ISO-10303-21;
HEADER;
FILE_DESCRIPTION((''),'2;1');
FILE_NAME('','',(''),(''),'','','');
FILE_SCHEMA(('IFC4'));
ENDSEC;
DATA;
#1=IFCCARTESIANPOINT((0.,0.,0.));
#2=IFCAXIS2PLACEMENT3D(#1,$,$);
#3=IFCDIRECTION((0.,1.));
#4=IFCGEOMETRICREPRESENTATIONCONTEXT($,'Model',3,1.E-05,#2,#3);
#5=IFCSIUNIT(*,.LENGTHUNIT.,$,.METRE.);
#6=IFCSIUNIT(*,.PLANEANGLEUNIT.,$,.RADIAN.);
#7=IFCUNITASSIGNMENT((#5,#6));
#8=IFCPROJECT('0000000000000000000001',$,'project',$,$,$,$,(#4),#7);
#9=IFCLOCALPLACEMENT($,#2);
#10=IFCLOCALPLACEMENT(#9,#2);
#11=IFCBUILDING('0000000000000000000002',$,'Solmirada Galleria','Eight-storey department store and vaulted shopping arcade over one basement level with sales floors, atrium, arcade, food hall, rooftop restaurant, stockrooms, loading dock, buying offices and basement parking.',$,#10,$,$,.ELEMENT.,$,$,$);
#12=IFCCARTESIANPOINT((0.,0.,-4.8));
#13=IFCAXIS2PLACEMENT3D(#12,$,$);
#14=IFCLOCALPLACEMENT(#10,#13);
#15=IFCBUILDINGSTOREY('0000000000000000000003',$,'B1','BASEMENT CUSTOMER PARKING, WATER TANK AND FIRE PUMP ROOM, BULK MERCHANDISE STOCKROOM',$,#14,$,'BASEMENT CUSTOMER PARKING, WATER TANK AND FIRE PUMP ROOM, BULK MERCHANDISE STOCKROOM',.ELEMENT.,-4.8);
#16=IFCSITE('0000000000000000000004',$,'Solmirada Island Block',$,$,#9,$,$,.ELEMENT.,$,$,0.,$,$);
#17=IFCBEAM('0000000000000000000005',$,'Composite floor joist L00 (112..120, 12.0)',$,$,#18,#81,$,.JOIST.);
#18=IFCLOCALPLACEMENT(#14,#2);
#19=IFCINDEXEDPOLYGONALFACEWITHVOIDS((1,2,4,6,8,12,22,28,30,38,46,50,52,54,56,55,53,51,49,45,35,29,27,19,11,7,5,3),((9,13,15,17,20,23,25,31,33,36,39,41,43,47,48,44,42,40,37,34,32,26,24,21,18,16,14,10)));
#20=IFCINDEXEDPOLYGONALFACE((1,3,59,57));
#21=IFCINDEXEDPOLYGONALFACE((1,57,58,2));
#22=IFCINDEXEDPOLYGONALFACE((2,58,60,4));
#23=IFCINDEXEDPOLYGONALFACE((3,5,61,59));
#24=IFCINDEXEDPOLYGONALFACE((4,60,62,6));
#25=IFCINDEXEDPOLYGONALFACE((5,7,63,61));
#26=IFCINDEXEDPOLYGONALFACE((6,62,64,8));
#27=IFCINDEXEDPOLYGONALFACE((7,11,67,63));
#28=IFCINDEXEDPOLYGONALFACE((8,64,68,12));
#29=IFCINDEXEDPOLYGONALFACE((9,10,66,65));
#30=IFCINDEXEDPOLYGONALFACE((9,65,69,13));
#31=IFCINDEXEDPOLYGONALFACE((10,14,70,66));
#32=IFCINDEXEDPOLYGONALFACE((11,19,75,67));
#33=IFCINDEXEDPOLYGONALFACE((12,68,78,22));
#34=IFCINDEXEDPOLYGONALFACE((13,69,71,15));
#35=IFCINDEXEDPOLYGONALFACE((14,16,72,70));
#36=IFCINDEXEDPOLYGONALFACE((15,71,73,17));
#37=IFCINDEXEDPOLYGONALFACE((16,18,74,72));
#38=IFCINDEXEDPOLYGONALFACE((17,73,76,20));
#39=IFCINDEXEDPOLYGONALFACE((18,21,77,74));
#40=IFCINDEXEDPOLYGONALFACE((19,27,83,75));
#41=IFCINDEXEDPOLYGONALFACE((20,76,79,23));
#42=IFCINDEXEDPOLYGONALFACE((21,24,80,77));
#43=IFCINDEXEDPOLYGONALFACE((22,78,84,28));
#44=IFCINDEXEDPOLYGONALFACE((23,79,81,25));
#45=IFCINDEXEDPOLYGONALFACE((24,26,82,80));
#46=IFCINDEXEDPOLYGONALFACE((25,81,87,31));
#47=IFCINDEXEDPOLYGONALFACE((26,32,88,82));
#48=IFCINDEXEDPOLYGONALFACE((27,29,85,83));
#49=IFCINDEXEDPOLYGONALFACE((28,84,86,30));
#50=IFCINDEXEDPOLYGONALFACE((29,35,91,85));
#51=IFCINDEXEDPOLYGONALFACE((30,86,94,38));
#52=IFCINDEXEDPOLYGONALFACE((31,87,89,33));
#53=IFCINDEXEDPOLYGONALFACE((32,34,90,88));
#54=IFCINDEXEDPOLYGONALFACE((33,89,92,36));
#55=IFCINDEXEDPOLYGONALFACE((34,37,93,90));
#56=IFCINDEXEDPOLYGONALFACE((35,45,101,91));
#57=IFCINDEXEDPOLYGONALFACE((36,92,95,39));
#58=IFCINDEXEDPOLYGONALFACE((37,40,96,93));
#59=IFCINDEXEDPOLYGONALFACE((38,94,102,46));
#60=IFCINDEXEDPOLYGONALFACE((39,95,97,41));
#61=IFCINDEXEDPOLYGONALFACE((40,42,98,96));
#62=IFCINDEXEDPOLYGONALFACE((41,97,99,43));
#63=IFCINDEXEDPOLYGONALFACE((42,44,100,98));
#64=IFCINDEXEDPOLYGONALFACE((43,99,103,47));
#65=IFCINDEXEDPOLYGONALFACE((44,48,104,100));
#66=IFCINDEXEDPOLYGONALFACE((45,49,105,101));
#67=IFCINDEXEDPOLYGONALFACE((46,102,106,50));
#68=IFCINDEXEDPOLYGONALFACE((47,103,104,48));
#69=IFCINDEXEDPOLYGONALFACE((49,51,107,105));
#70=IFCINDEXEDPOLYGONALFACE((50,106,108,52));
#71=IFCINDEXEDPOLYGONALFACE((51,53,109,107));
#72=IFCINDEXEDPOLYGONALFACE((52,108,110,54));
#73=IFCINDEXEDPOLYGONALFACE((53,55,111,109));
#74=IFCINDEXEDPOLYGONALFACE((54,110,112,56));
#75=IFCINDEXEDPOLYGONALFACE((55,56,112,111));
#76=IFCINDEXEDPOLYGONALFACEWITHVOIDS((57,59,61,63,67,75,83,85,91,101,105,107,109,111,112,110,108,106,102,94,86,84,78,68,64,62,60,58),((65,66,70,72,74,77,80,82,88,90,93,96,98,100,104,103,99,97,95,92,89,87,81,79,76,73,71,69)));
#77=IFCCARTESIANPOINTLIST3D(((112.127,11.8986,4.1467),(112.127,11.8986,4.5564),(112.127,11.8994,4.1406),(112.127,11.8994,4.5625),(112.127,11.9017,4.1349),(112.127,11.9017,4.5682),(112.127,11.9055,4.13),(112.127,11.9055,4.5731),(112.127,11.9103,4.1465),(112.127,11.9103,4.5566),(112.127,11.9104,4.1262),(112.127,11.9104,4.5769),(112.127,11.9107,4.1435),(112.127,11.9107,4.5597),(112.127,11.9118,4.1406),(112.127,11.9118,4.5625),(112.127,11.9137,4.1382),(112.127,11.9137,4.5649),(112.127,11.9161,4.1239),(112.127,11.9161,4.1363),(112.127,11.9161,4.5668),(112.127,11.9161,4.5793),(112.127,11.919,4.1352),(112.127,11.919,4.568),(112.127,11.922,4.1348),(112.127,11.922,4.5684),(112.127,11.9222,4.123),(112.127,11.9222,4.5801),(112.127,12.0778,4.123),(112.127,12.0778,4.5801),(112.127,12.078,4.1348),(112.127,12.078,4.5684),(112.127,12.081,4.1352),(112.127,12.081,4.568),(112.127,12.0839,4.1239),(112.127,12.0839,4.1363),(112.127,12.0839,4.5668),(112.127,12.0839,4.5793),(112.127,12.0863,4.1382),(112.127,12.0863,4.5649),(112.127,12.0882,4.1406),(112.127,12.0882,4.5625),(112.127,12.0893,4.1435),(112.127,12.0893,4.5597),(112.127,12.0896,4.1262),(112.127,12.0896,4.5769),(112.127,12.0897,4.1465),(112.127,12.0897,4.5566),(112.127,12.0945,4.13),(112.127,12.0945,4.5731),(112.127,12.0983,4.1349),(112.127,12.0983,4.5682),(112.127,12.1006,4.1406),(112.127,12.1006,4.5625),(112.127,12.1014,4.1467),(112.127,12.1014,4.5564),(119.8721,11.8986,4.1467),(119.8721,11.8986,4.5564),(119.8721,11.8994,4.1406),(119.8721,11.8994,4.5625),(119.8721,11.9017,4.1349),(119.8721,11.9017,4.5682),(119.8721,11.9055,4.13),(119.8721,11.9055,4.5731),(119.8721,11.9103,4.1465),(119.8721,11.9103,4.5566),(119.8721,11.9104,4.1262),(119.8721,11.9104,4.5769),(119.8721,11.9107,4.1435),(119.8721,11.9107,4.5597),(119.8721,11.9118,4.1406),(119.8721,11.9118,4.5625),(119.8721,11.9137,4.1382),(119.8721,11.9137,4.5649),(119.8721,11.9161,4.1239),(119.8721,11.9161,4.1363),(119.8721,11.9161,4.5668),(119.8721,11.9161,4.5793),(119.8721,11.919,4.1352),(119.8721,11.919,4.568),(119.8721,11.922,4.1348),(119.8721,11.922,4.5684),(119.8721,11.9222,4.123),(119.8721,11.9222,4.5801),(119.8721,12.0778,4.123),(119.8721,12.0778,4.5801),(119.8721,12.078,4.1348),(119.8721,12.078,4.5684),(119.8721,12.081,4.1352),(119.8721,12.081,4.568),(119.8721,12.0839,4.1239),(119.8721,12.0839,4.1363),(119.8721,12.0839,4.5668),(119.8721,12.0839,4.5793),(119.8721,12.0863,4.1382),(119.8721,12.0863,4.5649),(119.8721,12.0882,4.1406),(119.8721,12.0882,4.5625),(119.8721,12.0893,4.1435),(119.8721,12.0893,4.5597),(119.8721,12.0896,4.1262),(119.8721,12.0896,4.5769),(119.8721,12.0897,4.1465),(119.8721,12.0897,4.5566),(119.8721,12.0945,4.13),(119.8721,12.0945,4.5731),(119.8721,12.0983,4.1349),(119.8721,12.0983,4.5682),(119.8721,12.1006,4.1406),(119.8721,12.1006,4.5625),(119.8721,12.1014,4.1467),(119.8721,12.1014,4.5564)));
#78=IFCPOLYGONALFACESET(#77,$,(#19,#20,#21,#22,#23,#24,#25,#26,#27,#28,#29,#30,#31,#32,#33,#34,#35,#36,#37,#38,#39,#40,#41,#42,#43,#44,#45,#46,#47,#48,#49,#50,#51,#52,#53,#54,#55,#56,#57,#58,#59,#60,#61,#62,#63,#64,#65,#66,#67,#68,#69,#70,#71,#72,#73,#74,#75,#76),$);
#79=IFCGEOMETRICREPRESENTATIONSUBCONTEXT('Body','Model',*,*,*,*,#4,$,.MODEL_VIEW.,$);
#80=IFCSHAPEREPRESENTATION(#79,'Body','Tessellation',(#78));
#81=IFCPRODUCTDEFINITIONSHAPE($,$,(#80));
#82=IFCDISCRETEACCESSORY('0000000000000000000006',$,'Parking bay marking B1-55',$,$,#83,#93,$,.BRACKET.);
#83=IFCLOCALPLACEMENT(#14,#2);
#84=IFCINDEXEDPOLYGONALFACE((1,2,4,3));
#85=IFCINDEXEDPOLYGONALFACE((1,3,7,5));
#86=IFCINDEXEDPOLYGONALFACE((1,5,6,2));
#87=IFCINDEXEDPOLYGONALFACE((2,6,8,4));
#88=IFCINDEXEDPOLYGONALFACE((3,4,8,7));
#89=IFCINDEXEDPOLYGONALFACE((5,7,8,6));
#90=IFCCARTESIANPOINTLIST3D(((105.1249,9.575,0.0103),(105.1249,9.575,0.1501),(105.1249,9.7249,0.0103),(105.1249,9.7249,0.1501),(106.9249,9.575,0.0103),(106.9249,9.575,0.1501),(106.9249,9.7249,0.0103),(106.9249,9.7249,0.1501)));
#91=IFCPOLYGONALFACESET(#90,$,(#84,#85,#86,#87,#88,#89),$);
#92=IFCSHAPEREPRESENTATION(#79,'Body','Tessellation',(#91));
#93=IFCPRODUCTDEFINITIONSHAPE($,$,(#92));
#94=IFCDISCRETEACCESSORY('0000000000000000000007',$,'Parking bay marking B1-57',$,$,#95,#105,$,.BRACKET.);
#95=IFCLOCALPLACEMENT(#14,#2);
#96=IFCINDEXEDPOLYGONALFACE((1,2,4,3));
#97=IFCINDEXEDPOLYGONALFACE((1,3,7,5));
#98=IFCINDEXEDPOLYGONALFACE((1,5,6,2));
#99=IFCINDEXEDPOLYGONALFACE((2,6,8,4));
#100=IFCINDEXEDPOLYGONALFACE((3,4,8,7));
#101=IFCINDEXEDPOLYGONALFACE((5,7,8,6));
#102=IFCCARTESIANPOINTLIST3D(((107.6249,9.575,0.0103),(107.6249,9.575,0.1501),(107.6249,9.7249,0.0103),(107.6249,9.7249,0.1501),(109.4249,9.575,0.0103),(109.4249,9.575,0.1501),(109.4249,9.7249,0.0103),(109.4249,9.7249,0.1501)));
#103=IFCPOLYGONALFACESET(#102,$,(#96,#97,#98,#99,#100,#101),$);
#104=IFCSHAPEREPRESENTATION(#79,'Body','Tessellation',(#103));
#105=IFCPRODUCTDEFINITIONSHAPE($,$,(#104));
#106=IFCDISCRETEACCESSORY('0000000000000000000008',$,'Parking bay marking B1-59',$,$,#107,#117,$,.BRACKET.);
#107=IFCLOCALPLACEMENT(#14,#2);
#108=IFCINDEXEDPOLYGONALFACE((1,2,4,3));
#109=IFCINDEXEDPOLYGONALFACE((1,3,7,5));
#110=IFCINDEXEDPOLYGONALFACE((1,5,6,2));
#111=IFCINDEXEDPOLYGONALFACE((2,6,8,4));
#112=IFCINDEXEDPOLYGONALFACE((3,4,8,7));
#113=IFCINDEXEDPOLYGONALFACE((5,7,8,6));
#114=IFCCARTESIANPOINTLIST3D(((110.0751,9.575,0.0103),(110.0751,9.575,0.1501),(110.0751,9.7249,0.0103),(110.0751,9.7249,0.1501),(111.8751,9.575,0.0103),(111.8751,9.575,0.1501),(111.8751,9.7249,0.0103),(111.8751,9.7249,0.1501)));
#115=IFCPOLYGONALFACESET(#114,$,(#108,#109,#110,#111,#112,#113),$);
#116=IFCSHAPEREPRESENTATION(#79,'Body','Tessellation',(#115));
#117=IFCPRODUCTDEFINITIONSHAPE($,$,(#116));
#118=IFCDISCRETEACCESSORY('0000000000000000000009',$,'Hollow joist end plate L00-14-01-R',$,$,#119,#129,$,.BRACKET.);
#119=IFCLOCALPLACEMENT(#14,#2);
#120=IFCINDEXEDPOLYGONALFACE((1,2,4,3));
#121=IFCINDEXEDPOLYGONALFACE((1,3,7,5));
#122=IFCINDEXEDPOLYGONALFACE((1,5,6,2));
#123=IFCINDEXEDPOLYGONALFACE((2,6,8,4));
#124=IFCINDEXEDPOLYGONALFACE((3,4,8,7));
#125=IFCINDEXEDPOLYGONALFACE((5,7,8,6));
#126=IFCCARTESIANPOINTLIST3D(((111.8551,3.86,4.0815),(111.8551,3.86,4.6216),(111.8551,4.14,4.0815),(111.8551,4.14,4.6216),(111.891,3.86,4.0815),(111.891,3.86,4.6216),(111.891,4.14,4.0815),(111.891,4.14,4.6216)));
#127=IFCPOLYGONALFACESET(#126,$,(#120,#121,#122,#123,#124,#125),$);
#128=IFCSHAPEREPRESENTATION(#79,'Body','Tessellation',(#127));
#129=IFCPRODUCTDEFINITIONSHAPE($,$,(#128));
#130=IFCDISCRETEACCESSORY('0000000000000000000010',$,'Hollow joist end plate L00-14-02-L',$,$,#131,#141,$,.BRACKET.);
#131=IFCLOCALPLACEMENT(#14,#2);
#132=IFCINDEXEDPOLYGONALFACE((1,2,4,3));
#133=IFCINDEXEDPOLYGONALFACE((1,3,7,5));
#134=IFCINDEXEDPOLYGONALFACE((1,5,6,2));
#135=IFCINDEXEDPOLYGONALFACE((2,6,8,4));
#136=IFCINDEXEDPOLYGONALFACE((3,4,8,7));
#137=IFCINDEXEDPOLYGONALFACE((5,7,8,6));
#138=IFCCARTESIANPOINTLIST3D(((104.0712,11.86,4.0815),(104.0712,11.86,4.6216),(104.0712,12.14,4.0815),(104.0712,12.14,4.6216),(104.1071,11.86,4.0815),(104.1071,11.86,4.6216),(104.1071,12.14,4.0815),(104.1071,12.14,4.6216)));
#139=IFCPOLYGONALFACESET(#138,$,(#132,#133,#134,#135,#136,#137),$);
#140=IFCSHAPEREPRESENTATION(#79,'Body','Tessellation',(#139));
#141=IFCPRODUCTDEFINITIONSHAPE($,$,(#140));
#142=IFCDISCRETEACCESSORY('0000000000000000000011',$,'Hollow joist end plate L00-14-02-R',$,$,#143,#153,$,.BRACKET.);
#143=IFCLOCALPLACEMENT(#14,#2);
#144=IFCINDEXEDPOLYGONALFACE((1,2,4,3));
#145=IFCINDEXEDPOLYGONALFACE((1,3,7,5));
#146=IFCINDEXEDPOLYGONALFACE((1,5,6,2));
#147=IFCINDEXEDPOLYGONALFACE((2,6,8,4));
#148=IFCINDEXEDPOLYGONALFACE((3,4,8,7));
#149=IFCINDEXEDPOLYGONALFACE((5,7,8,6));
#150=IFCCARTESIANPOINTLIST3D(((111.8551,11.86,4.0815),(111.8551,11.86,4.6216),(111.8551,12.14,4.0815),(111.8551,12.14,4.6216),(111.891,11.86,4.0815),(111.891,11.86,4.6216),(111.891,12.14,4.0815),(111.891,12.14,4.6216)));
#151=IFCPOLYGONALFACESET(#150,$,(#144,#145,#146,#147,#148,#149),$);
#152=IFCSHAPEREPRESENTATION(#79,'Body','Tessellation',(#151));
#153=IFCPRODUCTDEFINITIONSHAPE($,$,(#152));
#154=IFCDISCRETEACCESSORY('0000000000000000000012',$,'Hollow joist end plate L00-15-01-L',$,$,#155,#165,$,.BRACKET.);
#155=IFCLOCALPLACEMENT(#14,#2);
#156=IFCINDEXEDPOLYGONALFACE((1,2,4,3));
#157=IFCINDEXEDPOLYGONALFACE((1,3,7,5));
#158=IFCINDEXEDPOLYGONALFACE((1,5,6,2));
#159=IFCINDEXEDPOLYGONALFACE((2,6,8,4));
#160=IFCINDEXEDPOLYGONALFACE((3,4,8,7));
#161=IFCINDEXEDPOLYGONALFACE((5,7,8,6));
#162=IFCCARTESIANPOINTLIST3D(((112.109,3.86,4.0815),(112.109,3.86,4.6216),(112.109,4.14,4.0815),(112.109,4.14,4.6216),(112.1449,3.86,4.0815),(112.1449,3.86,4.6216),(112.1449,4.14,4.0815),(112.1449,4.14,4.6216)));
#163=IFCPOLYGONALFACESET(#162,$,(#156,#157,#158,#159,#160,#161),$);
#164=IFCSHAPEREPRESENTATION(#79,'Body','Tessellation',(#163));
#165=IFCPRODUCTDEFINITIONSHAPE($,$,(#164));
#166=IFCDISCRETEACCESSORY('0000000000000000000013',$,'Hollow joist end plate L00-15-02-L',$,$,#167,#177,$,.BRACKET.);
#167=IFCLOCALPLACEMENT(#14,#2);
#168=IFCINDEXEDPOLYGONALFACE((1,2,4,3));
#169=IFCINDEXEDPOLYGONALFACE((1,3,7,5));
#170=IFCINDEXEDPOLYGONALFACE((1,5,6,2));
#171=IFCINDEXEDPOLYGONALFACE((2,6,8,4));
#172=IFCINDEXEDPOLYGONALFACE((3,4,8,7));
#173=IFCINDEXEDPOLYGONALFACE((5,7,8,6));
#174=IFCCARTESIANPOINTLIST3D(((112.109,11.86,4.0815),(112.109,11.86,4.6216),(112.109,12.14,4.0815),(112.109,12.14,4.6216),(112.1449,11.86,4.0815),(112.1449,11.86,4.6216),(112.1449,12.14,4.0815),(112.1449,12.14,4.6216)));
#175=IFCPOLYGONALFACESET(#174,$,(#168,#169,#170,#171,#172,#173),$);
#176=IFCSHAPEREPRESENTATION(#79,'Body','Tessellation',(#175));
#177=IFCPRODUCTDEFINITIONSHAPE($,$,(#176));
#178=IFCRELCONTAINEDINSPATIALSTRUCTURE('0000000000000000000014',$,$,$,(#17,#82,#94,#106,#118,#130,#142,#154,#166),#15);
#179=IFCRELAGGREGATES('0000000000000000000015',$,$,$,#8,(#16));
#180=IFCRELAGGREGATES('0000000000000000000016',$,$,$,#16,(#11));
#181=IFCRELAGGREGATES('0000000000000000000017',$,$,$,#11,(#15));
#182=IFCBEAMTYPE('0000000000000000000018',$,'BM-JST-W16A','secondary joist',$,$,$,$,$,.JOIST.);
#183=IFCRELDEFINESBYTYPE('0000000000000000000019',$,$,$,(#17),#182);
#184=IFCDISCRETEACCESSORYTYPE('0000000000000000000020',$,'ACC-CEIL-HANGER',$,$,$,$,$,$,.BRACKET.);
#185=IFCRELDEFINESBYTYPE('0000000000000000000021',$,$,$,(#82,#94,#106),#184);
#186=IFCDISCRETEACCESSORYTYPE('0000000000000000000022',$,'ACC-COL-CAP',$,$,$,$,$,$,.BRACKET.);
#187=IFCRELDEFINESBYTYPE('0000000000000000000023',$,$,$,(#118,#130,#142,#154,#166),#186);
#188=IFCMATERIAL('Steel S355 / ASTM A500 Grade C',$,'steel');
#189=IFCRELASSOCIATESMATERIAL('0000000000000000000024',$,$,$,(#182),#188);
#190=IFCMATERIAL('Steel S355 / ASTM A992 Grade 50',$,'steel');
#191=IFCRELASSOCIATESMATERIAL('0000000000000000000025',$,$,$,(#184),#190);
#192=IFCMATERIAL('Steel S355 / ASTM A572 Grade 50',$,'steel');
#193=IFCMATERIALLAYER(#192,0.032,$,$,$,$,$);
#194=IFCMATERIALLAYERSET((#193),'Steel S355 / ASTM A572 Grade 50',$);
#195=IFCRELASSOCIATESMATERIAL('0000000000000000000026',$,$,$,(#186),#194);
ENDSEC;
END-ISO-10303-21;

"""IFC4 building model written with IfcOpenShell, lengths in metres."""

from ifc_helpers import new_model, si_unit, direction, frame, origin, origin_2d, place, context, subcontext, project, spatial, rectangle, hollow_rectangle, extrude, material, layer, layer_set, material_profile, profile_set, type_object, element, save


model = new_model("IFC4")

# Units and contexts
model_context = context("Model", 3, precision=1e-05, world=origin(), true_north=direction((0.0, 1.0)))
body_context = subcontext(model_context, "Body", "Model", "MODEL_VIEW")
ifc_project = project(units=[si_unit("LENGTHUNIT", "METRE"), si_unit("PLANEANGLEUNIT", "RADIAN")], contexts=[model_context])

# Site, building, storey
site_placement = place(None, origin())
site = spatial("IfcSite", under=ifc_project, at=site_placement, Name="Solmirada Island Block", CompositionType="ELEMENT", RefElevation=0.0)
building_placement = place(site_placement, origin())
building = spatial("IfcBuilding", under=site, at=building_placement, Name="Solmirada Galleria", Description="Eight-storey department store and vaulted shopping arcade over one basement level with sales floors, atrium, arcade, food hall, rooftop restaurant, stockrooms, loading dock, buying offices and basement parking.", CompositionType="ELEMENT")
storey_placement = place(building_placement, frame((0.0, 0.0, -4.8)))
storey = spatial("IfcBuildingStorey", under=building, at=storey_placement, Name="B1", Description="BASEMENT CUSTOMER PARKING, WATER TANK AND FIRE PUMP ROOM, BULK MERCHANDISE STOCKROOM", LongName="BASEMENT CUSTOMER PARKING, WATER TANK AND FIRE PUMP ROOM, BULK MERCHANDISE STOCKROOM", CompositionType="ELEMENT", Elevation=-4.8)

# Beam
ifc_material_1 = material(Name="Steel S355 / ASTM A992 Grade 50", Category="steel")
ifc_material_2 = material(Name="Steel S355 / ASTM A500 Grade C", Category="steel")
ifc_material_profile_1 = material_profile(ifc_material_2, hollow_rectangle(XDim=0.2029, YDim=0.457, WallThickness=0.0117, InnerFilletRadius=0.0117, OuterFilletRadius=0.0237, at=origin_2d()), Name="HSS18X8X1/2")
ifc_profile_set_1 = profile_set([ifc_material_profile_1], Name="Steel S355 / ASTM A500 Grade C")
beam_type_1 = type_object("IfcBeamType", Name="BM-JST-W16A", Description="secondary joist", PredefinedType="JOIST", material=ifc_profile_set_1)
for number, where, z_axis, x_axis, name in (
    (1, (112.127, 12.0, 4.3516), (1.0, 0.0, 0.0), (0.0, 1.0, 0.0), "Composite floor joist L00 (112..120, 12.0)"),
):
    element("IfcBeam", number, at=place(storey_placement, frame(where, z_axis=z_axis, x_axis=x_axis)), inside=storey, type_object=beam_type_1, Name=name, PredefinedType="JOIST", context=body_context, shape_type="SweptSolid", body=[
        extrude(hollow_rectangle(XDim=0.2029, YDim=0.457, WallThickness=0.0117, InnerFilletRadius=0.0117, OuterFilletRadius=0.0237, at=origin_2d()), origin(), (0.0, 0.0, 1.0), 7.7451),
    ])

# Discrete accessories
discrete_accessory_type_1 = type_object("IfcDiscreteAccessoryType", Name="ACC-CEIL-HANGER", PredefinedType="BRACKET", material=ifc_material_1)
for number, where, z_axis, x_axis, name in (
    (2, (106.0249, 9.6499, 0.0103), (0.0, 0.0, 1.0), (1.0, 0.0, 0.0), "Parking bay marking B1-55"),
    (3, (108.5249, 9.6499, 0.0103), (0.0, 0.0, 1.0), (1.0, 0.0, 0.0), "Parking bay marking B1-57"),
    (4, (110.9751, 9.6499, 0.0103), (0.0, 0.0, 1.0), (1.0, 0.0, 0.0), "Parking bay marking B1-59"),
):
    element("IfcDiscreteAccessory", number, at=place(storey_placement, frame(where, z_axis=z_axis, x_axis=x_axis)), inside=storey, type_object=discrete_accessory_type_1, Name=name, PredefinedType="BRACKET", context=body_context, shape_type="SweptSolid", body=[
        extrude(rectangle(XDim=1.8, YDim=0.1499, at=origin_2d()), origin(), (0.0, 0.0, 1.0), 0.1399),
    ])
ifc_material_3 = material(Name="Steel S355 / ASTM A572 Grade 50", Category="steel")
ifc_layer = layer(ifc_material_3, 0.032)
ifc_layer_set = layer_set([ifc_layer], Name="Steel S355 / ASTM A572 Grade 50")
discrete_accessory_type_2 = type_object("IfcDiscreteAccessoryType", Name="ACC-COL-CAP", PredefinedType="BRACKET", material=ifc_layer_set)
for number, where, z_axis, x_axis, name in (
    (5, (111.873, 4.0, 4.0815), (0.0, 0.0, 1.0), (1.0, 0.0, 0.0), "Hollow joist end plate L00-14-01-R"),
    (6, (104.0891, 12.0, 4.0815), (0.0, 0.0, 1.0), (1.0, 0.0, 0.0), "Hollow joist end plate L00-14-02-L"),
    (7, (111.873, 12.0, 4.0815), (0.0, 0.0, 1.0), (1.0, 0.0, 0.0), "Hollow joist end plate L00-14-02-R"),
    (8, (112.127, 4.0, 4.0815), (0.0, 0.0, 1.0), (1.0, 0.0, 0.0), "Hollow joist end plate L00-15-01-L"),
    (9, (112.127, 12.0, 4.0815), (0.0, 0.0, 1.0), (1.0, 0.0, 0.0), "Hollow joist end plate L00-15-02-L"),
):
    element("IfcDiscreteAccessory", number, at=place(storey_placement, frame(where, z_axis=z_axis, x_axis=x_axis)), inside=storey, type_object=discrete_accessory_type_2, Name=name, PredefinedType="BRACKET", context=body_context, shape_type="SweptSolid", body=[
        extrude(rectangle(XDim=0.0359, YDim=0.28, at=origin_2d()), origin(), (0.0, 0.0, 1.0), 0.54),
    ])

save(model, "model.ifc")
